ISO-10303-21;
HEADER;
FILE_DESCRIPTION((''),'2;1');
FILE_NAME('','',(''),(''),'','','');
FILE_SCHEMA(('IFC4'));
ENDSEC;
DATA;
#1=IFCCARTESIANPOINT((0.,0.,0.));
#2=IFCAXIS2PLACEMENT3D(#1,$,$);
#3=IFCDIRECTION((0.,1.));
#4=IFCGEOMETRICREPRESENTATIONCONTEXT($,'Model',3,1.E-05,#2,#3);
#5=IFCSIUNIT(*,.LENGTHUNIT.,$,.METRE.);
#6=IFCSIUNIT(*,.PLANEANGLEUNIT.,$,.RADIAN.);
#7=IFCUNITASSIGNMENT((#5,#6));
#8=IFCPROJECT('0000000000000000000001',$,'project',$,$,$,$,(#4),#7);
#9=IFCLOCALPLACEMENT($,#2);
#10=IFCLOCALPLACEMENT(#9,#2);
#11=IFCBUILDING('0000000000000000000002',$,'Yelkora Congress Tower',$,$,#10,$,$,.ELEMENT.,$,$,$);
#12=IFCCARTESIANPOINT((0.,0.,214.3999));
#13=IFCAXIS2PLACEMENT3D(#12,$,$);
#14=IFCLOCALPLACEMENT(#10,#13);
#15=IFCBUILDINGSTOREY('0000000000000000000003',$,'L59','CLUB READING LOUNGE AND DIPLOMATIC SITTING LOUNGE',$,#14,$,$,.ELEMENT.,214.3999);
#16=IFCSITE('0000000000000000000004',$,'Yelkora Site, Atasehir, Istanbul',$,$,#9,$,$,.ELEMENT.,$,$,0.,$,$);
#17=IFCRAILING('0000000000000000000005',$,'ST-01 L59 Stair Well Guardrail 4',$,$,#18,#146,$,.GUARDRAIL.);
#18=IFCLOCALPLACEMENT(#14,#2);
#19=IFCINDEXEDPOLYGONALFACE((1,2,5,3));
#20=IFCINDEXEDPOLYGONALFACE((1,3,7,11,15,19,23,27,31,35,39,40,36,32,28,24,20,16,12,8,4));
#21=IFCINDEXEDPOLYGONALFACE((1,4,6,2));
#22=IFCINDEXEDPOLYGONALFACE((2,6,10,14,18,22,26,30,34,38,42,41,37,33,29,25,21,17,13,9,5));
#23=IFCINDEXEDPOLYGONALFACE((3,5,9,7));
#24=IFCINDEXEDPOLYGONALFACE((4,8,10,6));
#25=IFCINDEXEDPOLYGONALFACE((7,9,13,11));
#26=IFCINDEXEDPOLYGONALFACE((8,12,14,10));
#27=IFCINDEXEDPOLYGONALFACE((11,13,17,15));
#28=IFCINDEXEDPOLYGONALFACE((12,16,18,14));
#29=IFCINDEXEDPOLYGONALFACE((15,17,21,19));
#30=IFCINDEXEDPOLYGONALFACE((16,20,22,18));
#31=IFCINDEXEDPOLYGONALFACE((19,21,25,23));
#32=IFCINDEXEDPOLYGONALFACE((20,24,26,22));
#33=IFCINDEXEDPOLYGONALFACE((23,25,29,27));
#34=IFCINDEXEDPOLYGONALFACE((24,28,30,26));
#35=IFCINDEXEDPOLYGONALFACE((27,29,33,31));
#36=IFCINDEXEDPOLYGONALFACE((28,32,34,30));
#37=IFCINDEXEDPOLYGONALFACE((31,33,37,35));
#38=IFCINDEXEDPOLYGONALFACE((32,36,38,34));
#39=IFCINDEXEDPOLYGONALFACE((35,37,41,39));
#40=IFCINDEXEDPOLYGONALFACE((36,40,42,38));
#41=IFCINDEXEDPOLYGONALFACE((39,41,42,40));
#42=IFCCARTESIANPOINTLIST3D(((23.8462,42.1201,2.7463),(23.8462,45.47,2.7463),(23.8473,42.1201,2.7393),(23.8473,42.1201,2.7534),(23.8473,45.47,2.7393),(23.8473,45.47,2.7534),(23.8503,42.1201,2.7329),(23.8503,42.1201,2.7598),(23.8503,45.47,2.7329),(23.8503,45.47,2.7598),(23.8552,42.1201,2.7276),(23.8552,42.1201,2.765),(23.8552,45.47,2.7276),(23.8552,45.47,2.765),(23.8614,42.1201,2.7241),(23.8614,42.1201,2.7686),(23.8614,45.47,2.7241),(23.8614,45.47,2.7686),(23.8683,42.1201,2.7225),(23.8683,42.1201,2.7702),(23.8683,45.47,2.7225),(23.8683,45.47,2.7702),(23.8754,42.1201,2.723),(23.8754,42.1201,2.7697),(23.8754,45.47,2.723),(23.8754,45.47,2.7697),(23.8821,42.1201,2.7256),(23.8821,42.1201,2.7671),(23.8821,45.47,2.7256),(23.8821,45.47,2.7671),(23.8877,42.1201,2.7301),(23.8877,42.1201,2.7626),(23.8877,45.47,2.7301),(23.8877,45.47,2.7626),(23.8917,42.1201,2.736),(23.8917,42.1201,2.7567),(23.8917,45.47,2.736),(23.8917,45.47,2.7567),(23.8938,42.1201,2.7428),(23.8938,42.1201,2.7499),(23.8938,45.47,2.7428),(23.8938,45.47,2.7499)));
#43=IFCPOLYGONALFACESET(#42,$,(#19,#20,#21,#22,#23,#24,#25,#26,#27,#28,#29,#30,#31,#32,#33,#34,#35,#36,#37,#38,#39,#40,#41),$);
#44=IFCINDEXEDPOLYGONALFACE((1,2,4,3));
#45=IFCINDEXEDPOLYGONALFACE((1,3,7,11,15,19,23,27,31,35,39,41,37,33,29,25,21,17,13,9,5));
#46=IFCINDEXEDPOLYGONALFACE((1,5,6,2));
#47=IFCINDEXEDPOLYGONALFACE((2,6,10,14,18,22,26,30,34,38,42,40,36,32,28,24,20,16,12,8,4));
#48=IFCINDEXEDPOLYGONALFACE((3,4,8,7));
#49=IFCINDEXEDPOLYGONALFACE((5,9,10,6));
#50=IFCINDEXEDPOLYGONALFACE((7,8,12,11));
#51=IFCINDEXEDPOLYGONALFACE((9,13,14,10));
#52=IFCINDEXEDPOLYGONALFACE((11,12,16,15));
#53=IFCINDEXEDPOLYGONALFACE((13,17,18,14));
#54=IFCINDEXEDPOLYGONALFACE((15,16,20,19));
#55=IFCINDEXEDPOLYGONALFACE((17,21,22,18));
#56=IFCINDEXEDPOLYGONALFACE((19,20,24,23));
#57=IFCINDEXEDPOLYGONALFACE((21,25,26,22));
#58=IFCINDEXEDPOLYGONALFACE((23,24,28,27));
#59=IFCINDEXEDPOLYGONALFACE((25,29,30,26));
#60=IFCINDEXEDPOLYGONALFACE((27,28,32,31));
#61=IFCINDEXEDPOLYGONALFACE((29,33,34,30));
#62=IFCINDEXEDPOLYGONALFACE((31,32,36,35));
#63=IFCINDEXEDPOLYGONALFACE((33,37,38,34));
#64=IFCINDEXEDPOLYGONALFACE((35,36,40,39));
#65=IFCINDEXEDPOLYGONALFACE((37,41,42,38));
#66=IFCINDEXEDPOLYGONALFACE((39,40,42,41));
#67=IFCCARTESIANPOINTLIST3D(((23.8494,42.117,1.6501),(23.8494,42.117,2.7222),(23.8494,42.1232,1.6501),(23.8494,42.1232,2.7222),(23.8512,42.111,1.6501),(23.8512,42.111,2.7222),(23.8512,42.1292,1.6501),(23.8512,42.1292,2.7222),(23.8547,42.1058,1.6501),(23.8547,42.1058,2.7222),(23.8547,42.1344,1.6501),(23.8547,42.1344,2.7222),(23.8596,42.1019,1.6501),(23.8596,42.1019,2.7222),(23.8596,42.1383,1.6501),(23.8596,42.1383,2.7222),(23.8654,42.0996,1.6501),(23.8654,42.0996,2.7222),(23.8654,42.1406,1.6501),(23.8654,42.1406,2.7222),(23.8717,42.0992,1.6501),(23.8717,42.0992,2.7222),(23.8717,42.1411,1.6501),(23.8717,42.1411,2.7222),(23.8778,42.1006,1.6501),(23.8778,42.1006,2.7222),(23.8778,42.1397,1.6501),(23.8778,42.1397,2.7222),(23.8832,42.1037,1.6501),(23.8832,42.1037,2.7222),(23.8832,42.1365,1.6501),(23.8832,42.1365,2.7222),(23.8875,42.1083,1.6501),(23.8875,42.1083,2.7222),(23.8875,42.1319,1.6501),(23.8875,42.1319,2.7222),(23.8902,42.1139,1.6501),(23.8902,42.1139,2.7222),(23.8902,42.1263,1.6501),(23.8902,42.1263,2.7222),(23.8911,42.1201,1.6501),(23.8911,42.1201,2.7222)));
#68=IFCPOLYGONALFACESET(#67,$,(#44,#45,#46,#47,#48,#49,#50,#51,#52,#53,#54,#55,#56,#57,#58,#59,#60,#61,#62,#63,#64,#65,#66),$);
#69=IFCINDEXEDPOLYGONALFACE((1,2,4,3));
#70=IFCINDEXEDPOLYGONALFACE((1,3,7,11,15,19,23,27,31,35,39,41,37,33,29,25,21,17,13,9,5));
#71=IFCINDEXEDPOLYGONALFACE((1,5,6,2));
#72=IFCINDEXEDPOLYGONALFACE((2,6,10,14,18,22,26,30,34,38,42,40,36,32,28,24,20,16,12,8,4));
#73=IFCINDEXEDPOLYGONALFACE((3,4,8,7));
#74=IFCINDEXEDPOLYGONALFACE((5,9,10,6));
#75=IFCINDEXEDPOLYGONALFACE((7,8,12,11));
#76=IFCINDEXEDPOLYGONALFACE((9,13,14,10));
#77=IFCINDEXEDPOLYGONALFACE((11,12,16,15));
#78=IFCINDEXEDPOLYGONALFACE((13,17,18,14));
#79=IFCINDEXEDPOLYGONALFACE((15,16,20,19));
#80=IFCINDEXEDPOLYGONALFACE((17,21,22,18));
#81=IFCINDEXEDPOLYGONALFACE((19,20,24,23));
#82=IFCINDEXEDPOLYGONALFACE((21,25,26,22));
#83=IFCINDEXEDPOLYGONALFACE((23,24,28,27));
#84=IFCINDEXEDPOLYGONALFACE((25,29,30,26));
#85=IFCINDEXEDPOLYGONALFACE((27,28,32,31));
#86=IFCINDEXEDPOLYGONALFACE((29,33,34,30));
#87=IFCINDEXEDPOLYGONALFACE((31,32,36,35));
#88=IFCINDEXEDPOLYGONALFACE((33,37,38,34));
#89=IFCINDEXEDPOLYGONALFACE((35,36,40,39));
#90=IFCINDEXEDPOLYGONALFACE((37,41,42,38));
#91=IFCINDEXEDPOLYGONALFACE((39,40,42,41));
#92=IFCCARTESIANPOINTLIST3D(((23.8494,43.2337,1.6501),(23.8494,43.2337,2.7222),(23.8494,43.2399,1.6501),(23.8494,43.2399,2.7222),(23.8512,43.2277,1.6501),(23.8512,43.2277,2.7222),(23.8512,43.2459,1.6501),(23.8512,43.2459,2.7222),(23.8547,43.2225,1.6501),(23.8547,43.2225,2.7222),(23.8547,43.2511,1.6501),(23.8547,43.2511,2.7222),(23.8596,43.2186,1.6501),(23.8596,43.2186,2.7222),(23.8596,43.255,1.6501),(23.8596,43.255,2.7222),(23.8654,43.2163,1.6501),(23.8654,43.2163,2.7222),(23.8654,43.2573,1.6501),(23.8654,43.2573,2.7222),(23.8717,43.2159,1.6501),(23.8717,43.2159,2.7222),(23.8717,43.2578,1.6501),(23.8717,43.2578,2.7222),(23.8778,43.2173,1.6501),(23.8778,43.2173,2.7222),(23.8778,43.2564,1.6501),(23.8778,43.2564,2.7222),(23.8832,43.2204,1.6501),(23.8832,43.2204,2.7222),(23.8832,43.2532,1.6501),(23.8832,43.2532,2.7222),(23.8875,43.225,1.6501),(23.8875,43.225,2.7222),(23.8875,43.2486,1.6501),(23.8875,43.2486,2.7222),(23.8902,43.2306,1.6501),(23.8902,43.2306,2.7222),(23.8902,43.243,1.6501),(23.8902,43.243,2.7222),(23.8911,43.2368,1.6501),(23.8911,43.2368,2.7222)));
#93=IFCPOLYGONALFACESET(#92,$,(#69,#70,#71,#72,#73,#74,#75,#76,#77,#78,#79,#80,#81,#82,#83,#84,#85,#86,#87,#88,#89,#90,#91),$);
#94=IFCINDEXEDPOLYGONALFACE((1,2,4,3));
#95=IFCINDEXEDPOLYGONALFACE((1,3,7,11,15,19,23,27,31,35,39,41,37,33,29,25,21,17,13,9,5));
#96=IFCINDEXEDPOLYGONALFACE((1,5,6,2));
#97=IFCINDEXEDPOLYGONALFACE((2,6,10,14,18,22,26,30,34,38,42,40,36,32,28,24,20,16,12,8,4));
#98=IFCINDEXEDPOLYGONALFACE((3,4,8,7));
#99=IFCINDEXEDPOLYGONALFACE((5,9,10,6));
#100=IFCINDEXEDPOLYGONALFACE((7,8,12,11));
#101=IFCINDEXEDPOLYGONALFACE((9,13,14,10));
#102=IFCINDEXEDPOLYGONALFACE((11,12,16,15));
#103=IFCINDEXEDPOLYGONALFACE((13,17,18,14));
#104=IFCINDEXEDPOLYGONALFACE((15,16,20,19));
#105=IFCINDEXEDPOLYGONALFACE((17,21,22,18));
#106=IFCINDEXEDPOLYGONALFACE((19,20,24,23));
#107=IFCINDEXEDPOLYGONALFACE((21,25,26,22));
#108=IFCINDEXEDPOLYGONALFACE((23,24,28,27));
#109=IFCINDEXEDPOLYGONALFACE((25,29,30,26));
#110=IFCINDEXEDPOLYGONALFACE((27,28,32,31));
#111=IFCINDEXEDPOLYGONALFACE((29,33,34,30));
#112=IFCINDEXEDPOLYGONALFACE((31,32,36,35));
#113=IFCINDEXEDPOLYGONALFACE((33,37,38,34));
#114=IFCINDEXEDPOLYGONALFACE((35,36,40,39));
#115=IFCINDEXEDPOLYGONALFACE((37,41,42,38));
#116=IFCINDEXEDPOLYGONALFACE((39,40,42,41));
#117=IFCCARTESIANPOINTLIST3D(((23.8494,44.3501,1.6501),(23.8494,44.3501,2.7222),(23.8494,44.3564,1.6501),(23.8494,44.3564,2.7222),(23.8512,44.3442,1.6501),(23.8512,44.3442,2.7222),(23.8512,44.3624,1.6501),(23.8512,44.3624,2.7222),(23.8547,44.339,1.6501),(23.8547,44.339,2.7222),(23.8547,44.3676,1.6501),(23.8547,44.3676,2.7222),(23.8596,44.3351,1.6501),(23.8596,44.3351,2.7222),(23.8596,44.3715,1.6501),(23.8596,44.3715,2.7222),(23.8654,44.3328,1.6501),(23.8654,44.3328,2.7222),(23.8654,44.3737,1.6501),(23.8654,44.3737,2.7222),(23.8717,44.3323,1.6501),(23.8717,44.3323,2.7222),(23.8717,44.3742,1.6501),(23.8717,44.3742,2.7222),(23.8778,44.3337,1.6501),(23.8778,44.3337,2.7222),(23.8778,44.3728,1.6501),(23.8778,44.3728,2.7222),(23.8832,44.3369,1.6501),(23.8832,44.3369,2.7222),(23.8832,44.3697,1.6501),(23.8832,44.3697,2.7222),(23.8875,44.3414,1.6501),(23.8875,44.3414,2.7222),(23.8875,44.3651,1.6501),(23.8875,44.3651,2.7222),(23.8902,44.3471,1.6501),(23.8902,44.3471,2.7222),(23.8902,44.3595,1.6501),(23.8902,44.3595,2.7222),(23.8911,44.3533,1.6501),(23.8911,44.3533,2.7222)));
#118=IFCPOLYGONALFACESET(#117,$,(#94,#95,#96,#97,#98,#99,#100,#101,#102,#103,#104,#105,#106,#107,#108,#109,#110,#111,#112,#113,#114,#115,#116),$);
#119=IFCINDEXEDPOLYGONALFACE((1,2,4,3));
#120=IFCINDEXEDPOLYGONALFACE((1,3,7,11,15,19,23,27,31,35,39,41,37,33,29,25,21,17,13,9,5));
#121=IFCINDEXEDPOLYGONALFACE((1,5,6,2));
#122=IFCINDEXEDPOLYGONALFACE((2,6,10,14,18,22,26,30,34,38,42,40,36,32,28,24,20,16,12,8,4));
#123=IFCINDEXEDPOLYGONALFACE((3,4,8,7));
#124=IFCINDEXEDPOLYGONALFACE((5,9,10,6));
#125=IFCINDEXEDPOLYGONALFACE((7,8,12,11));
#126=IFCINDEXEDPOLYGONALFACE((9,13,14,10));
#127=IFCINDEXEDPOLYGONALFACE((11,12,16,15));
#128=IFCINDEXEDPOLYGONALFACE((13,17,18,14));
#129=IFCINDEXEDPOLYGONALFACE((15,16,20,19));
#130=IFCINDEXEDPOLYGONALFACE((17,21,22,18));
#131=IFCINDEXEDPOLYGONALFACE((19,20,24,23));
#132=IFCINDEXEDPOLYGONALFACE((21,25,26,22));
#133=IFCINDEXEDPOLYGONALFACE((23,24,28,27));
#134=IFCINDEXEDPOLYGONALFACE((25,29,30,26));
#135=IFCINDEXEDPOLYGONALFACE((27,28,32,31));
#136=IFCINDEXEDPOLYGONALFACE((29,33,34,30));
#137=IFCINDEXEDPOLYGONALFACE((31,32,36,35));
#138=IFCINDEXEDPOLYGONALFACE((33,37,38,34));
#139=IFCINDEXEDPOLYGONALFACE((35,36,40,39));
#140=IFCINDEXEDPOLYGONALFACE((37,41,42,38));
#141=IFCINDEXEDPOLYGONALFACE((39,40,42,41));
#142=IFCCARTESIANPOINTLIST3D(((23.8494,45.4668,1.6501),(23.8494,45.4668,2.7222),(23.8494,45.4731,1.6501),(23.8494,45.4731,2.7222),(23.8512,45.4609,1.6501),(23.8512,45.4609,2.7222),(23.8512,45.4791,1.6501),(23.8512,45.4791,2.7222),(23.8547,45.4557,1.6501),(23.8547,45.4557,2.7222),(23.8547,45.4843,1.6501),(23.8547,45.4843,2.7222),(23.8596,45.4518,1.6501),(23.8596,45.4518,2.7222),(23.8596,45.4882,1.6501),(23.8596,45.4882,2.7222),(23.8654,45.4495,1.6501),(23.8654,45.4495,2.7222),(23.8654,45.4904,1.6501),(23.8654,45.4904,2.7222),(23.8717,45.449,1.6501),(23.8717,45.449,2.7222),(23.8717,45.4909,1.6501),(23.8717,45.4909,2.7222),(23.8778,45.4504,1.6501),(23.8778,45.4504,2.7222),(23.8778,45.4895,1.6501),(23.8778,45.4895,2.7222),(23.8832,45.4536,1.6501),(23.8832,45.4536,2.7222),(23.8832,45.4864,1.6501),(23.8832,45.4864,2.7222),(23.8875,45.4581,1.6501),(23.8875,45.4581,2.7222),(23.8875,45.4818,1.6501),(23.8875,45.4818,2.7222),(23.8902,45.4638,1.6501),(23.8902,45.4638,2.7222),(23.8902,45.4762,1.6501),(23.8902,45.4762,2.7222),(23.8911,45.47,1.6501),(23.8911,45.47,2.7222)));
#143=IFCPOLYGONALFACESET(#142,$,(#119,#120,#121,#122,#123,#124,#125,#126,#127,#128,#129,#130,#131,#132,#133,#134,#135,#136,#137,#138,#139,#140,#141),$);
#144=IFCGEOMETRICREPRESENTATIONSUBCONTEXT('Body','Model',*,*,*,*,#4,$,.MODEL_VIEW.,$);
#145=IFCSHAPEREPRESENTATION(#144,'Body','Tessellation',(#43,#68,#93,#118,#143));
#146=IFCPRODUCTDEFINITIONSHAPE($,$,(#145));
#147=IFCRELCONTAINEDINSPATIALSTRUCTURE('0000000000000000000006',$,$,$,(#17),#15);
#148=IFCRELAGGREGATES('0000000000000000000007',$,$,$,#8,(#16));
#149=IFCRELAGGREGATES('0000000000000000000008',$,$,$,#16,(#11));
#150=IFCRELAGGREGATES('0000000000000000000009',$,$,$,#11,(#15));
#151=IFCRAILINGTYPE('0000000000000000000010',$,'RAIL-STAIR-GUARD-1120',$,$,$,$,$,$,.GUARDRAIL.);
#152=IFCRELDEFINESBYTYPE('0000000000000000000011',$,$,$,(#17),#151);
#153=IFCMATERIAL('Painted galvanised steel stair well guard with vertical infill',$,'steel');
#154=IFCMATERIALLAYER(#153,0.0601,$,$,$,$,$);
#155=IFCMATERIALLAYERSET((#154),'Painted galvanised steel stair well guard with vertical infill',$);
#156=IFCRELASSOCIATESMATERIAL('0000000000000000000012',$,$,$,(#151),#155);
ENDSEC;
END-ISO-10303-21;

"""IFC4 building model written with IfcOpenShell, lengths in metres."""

from ifc_helpers import new_model, si_unit, direction, frame, origin, origin_2d, place, context, subcontext, project, spatial, circle, extrude, material, layer, layer_set, type_object, element, save


model = new_model("IFC4")

# Units and contexts
model_context = context("Model", 3, precision=1e-05, world=origin(), true_north=direction((0.0, 1.0)))
body_context = subcontext(model_context, "Body", "Model", "MODEL_VIEW")
ifc_project = project(units=[si_unit("LENGTHUNIT", "METRE"), si_unit("PLANEANGLEUNIT", "RADIAN")], contexts=[model_context])

# Site, building, storey
site_placement = place(None, origin())
site = spatial("IfcSite", under=ifc_project, at=site_placement, Name="Yelkora Site, Atasehir, Istanbul", CompositionType="ELEMENT", RefElevation=0.0)
building_placement = place(site_placement, origin())
building = spatial("IfcBuilding", under=site, at=building_placement, Name="Yelkora Congress Tower", CompositionType="ELEMENT")
storey_placement = place(building_placement, frame((0.0, 0.0, 214.3999)))
storey = spatial("IfcBuildingStorey", under=building, at=storey_placement, Name="L59", Description="CLUB READING LOUNGE AND DIPLOMATIC SITTING LOUNGE", CompositionType="ELEMENT", Elevation=214.3999)

# Railing
ifc_material_1 = material(Name="Painted galvanised steel stair well guard with vertical infill", Category="steel")
ifc_layer_1 = layer(ifc_material_1, 0.0601)
ifc_layer_set_1 = layer_set([ifc_layer_1], Name="Painted galvanised steel stair well guard with vertical infill")
railing_type_1 = type_object("IfcRailingType", Name="RAIL-STAIR-GUARD-1120", PredefinedType="GUARDRAIL", material=ifc_layer_set_1)
railing_1_placement = place(storey_placement, frame((23.8701, 42.1201, 1.6501)))
element("IfcRailing", 1, at=railing_1_placement, inside=storey, type_object=railing_type_1, Name="ST-01 L59 Stair Well Guardrail 4", PredefinedType="GUARDRAIL", context=body_context, shape_type="SweptSolid", body=[
    extrude(circle(Radius=0.0239, at=origin_2d()), frame((0.0, 0.0, 1.0962), z_axis=(0.0, 1.0, 0.0), x_axis=(-1.0, 0.0, 0.0)), (0.0, 0.0, 1.0), 3.3499),
    extrude(circle(Radius=0.021, at=origin_2d()), origin(), (0.0, 0.0, 1.0), 1.072),
    extrude(circle(Radius=0.021, at=origin_2d()), frame((0.0, 1.1167, 0.0)), (0.0, 0.0, 1.0), 1.072),
    extrude(circle(Radius=0.021, at=origin_2d()), frame((0.0, 2.2332, 0.0)), (0.0, 0.0, 1.0), 1.072),
    extrude(circle(Radius=0.021, at=origin_2d()), frame((0.0, 3.3499, 0.0)), (0.0, 0.0, 1.0), 1.072),
])

save(model, "model.ifc")
